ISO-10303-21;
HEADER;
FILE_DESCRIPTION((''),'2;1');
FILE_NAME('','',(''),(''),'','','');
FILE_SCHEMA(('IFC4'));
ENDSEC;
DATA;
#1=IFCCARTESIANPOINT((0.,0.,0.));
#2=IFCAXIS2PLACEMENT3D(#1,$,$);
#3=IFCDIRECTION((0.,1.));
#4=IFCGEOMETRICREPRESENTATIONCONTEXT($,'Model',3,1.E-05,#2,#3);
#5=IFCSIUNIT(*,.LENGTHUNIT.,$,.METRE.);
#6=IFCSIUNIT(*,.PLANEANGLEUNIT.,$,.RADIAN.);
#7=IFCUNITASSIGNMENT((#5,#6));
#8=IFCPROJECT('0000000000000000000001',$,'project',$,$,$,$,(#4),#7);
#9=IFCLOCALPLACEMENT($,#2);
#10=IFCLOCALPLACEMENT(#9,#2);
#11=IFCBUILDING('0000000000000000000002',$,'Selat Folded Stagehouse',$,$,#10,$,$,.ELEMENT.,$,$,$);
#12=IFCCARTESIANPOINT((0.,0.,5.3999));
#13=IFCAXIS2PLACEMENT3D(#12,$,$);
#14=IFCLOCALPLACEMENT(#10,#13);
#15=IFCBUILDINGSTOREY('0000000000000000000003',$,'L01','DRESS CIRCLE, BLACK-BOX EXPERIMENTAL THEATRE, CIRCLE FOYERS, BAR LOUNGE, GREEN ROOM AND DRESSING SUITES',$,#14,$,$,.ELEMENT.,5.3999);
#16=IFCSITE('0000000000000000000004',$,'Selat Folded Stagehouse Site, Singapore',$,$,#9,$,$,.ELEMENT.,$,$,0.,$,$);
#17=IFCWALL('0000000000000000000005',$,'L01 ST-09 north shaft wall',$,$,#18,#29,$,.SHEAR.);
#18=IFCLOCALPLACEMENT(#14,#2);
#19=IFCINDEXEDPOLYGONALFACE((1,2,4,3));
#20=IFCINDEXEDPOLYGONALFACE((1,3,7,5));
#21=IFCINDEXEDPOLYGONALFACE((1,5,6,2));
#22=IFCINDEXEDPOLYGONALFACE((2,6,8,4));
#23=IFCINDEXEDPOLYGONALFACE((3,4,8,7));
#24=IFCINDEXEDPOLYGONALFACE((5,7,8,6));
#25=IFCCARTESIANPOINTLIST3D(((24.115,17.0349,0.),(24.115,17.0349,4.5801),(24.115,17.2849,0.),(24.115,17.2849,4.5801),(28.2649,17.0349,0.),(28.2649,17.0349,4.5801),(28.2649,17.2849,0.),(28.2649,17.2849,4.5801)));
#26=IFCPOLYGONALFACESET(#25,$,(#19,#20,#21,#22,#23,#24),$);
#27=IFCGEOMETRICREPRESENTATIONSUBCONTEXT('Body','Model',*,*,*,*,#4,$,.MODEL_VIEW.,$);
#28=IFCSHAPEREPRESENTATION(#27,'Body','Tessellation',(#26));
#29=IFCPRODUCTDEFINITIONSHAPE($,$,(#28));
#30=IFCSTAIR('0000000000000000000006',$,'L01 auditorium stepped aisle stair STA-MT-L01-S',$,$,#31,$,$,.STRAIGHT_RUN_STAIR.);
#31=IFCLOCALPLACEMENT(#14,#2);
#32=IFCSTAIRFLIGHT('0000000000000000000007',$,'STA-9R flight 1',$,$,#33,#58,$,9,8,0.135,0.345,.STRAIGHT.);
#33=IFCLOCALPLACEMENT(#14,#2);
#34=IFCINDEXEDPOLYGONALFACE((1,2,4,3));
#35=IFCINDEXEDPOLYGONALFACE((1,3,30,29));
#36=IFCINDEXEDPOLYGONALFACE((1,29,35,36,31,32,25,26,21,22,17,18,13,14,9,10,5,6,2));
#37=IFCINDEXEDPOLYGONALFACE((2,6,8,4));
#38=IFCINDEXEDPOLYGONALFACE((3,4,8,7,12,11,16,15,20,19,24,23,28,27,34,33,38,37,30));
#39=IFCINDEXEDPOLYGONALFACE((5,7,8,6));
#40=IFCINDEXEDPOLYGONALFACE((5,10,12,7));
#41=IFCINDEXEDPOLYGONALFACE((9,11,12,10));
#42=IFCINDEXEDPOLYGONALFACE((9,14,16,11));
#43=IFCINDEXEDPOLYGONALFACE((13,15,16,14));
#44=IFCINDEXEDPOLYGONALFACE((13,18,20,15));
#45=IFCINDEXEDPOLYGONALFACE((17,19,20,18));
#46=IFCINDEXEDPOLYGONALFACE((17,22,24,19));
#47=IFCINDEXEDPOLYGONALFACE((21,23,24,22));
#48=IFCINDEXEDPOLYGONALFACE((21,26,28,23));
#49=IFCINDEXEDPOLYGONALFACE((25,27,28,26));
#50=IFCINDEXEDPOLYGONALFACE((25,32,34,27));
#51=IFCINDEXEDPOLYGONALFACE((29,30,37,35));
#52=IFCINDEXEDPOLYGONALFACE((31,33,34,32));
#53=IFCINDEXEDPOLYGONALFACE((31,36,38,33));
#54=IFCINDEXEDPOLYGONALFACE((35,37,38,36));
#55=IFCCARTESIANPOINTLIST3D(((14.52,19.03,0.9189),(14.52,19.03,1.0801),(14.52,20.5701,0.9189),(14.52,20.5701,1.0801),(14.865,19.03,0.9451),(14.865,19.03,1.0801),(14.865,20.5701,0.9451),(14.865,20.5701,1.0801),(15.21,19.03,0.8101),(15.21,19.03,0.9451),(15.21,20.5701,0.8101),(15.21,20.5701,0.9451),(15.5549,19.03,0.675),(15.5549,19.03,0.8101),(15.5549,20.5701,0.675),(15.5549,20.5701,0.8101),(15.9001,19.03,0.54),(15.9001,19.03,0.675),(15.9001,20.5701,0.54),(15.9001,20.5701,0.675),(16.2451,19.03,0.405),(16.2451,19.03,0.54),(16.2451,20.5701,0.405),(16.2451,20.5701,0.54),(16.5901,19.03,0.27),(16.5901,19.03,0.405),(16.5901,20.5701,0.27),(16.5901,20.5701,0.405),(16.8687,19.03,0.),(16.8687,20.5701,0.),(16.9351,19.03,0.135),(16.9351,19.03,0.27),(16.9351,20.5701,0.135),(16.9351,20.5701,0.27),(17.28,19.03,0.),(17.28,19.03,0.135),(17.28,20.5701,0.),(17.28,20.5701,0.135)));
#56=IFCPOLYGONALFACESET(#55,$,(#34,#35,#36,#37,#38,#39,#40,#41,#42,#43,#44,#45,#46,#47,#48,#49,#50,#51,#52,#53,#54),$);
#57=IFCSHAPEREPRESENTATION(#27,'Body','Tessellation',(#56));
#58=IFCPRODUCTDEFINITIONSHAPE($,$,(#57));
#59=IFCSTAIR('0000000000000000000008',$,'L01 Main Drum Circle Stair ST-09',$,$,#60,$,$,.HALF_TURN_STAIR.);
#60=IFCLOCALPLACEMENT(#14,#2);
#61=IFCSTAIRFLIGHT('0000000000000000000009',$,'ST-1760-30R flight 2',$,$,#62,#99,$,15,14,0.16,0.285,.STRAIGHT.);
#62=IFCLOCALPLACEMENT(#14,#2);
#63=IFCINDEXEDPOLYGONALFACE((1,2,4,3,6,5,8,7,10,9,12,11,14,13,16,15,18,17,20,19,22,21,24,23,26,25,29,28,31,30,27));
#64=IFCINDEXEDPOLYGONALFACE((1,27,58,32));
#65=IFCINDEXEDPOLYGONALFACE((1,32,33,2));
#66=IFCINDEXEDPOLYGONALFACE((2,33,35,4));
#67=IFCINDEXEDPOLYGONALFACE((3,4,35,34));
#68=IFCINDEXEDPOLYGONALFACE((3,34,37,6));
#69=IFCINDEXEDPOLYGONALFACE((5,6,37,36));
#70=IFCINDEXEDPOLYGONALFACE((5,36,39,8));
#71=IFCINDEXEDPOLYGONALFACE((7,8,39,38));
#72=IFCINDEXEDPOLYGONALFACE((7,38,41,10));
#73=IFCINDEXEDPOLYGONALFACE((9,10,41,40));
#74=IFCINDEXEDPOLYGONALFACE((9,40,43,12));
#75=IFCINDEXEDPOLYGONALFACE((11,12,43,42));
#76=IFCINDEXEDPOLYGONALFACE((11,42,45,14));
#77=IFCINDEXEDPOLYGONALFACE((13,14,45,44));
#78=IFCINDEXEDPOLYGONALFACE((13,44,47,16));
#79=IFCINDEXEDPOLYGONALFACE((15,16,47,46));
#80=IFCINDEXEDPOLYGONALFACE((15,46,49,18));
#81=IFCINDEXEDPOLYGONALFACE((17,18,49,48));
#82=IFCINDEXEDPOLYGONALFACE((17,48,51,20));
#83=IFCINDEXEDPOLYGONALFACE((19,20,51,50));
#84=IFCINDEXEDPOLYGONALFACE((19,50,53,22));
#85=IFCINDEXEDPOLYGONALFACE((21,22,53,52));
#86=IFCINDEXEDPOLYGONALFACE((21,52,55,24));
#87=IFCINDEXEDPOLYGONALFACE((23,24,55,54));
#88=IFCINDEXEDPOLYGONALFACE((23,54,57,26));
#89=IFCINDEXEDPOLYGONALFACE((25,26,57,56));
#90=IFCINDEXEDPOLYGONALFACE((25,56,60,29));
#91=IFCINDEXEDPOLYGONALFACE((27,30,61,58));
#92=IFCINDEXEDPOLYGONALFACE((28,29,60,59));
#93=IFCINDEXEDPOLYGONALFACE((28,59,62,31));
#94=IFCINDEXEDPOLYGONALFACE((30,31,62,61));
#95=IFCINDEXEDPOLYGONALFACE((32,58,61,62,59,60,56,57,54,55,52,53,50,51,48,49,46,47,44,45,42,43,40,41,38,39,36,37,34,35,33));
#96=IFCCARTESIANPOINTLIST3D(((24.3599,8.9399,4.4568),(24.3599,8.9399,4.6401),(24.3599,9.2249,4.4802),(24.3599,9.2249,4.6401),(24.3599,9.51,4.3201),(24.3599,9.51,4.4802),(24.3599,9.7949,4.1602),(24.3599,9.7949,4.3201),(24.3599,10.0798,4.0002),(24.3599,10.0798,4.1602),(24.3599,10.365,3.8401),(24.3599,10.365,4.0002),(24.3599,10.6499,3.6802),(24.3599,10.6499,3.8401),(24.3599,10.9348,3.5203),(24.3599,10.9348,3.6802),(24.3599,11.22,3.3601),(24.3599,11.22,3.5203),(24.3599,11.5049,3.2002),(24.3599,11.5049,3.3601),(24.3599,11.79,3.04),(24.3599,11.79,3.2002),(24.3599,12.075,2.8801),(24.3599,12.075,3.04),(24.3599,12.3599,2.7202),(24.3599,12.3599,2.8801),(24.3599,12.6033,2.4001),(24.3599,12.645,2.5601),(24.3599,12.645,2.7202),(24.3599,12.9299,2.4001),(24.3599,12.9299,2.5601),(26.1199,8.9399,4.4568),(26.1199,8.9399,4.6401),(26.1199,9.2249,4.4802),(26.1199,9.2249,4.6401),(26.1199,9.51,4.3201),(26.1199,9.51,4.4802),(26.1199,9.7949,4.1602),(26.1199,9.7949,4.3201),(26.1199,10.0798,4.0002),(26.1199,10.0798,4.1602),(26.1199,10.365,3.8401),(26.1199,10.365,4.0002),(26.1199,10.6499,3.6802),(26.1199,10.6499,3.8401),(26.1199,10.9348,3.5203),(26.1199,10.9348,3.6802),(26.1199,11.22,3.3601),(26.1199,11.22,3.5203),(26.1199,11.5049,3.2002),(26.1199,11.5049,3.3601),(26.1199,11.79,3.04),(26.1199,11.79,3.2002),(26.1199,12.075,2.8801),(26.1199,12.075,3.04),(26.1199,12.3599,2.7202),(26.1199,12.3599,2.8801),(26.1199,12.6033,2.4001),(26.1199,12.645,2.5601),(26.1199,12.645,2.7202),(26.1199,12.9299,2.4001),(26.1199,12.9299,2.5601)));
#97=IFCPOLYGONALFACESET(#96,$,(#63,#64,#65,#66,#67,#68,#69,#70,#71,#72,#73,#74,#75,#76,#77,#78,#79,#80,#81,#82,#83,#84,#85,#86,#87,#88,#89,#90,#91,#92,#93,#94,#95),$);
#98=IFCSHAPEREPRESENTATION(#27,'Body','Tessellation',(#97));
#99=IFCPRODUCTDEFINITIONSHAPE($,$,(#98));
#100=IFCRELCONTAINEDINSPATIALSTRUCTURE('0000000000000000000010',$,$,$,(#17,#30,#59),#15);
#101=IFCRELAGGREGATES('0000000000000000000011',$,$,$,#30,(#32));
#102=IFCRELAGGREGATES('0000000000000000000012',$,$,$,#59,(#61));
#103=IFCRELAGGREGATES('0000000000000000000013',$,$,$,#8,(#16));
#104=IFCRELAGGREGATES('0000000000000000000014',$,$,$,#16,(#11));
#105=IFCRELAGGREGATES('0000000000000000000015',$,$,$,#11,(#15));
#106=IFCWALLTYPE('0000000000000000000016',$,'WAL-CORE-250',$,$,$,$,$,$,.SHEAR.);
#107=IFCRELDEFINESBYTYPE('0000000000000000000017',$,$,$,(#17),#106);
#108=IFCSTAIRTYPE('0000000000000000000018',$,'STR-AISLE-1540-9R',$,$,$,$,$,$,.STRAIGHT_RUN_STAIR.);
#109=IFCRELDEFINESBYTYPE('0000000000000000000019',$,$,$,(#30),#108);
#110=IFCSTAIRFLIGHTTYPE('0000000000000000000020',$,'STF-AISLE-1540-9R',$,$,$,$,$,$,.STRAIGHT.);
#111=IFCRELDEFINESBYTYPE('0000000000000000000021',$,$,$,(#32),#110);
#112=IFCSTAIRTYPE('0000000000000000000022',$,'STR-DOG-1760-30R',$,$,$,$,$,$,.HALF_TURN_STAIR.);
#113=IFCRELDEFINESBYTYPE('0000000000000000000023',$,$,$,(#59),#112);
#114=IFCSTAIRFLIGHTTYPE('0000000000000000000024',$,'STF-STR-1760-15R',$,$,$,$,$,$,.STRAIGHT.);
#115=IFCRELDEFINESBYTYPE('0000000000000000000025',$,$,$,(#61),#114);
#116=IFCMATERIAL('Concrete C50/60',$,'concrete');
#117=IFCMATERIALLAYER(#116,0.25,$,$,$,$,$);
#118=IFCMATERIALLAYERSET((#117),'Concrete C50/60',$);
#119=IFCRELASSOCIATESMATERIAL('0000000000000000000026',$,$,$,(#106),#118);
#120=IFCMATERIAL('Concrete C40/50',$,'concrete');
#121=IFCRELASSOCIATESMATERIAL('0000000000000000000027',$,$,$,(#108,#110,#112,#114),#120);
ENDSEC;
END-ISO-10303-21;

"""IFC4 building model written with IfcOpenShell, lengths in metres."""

from ifc_helpers import new_model, si_unit, direction, frame, frame_2d, origin, place, context, subcontext, project, spatial, polyline, rectangle, outline, extrude, material, layer, layer_set, type_object, element, aggregate, save


model = new_model("IFC4")

# Units and contexts
model_context = context("Model", 3, precision=1e-05, world=origin(), true_north=direction((0.0, 1.0)))
body_context = subcontext(model_context, "Body", "Model", "MODEL_VIEW")
ifc_project = project(units=[si_unit("LENGTHUNIT", "METRE"), si_unit("PLANEANGLEUNIT", "RADIAN")], contexts=[model_context])

# Site, building, storey
site_placement = place(None, origin())
site = spatial("IfcSite", under=ifc_project, at=site_placement, Name="Selat Folded Stagehouse Site, Singapore", CompositionType="ELEMENT", RefElevation=0.0)
building_placement = place(site_placement, origin())
building = spatial("IfcBuilding", under=site, at=building_placement, Name="Selat Folded Stagehouse", CompositionType="ELEMENT")
storey_placement = place(building_placement, frame((0.0, 0.0, 5.3999)))
storey = spatial("IfcBuildingStorey", under=building, at=storey_placement, Name="L01", Description="DRESS CIRCLE, BLACK-BOX EXPERIMENTAL THEATRE, CIRCLE FOYERS, BAR LOUNGE, GREEN ROOM AND DRESSING SUITES", CompositionType="ELEMENT", Elevation=5.3999)

# Wall
ifc_material_1 = material(Name="Concrete C50/60", Category="concrete")
ifc_layer_1 = layer(ifc_material_1, 0.25)
ifc_layer_set_1 = layer_set([ifc_layer_1], Name="Concrete C50/60")
wall_type = type_object("IfcWallType", Name="WAL-CORE-250", PredefinedType="SHEAR", material=ifc_layer_set_1)
wall_placement = place(storey_placement, frame((24.115, 17.1599, 0.0), z_axis=(0.0, 0.0, 1.0), x_axis=(1.0, 0.0, 0.0)))
element("IfcWall", 1, at=wall_placement, inside=storey, type_object=wall_type, Name="L01 ST-09 north shaft wall", PredefinedType="SHEAR", context=body_context, shape_type="SweptSolid", body=[
    extrude(rectangle(XDim=4.1499, YDim=0.25, at=frame_2d((2.075, 0.0))), origin(), (0.0, 0.0, 1.0), 4.5801),
])

# Stairs, stair flights
ifc_material_2 = material(Name="Concrete C40/50", Category="concrete")
stair_type_1 = type_object("IfcStairType", Name="STR-AISLE-1540-9R", PredefinedType="STRAIGHT_RUN_STAIR", material=ifc_material_2)
stair_1_placement = place(storey_placement, origin())
stair_1 = element("IfcStair", 2, at=stair_1_placement, inside=storey, type_object=stair_type_1, Name="L01 auditorium stepped aisle stair STA-MT-L01-S", PredefinedType="STRAIGHT_RUN_STAIR")
stair_flight_type_1 = type_object("IfcStairFlightType", Name="STF-AISLE-1540-9R", PredefinedType="STRAIGHT", material=ifc_material_2)
stair_flight_1_placement = place(storey_placement, frame((17.28, 19.8, 0.0), z_axis=(0.0, 0.0, 1.0), x_axis=(-1.0, 0.0, 0.0)))
stair_flight_1 = element("IfcStairFlight", 3, at=stair_flight_1_placement, type_object=stair_flight_type_1, Name="STA-9R flight 1", NumberOfRisers=9, NumberOfTreads=8, PredefinedType="STRAIGHT", RiserHeight=0.135, TreadLength=0.345, context=body_context, shape_type="SweptSolid", body=[
    extrude(outline(polyline([(0.0, 0.0), (0.0, 0.135), (0.345, 0.135), (0.345, 0.27), (0.6899, 0.27), (0.6899, 0.405), (1.0349, 0.405), (1.0349, 0.54), (1.3799, 0.54), (1.3799, 0.675), (1.7251, 0.675), (1.7251, 0.8101), (2.0701, 0.8101), (2.0701, 0.9451), (2.415, 0.9451), (2.415, 1.0801), (2.76, 1.0801), (2.76, 1.2151), (2.76, 0.9189), (0.4114, 0.0), (0.0, 0.0)])), frame((0.0, 0.77, 0.0), z_axis=(0.0, -1.0, 0.0), x_axis=(1.0, 0.0, 0.0)), (0.0, 0.0, 1.0), 1.54),
])
aggregate(stair_1, [stair_flight_1])
stair_type_2 = type_object("IfcStairType", Name="STR-DOG-1760-30R", PredefinedType="HALF_TURN_STAIR", material=ifc_material_2)
stair_2_placement = place(storey_placement, origin())
stair_2 = element("IfcStair", 4, at=stair_2_placement, inside=storey, type_object=stair_type_2, Name="L01 Main Drum Circle Stair ST-09", PredefinedType="HALF_TURN_STAIR")
stair_flight_type_2 = type_object("IfcStairFlightType", Name="STF-STR-1760-15R", PredefinedType="STRAIGHT", material=ifc_material_2)
stair_flight_2_placement = place(storey_placement, frame((25.24, 12.9299, 2.4001), z_axis=(0.0, 0.0, 1.0), x_axis=(0.0, -1.0, 0.0)))
stair_flight_2 = element("IfcStairFlight", 5, at=stair_flight_2_placement, type_object=stair_flight_type_2, Name="ST-1760-30R flight 2", NumberOfRisers=15, NumberOfTreads=14, PredefinedType="STRAIGHT", RiserHeight=0.16, TreadLength=0.285, context=body_context, shape_type="SweptSolid", body=[
    extrude(outline(polyline([(0.0, 0.0), (0.0, 0.1599), (0.2849, 0.1599), (0.2849, 0.3201), (0.5701, 0.3201), (0.5701, 0.48), (0.855, 0.48), (0.855, 0.6399), (1.1399, 0.6399), (1.1399, 0.8), (1.425, 0.8), (1.425, 0.96), (1.71, 0.96), (1.71, 1.1201), (1.9951, 1.1201), (1.9951, 1.28), (2.28, 1.28), (2.28, 1.4399), (2.5649, 1.4399), (2.5649, 1.6001), (2.8501, 1.6001), (2.8501, 1.76), (3.135, 1.76), (3.135, 1.9199), (3.4199, 1.9199), (3.4199, 2.0801), (3.7051, 2.0801), (3.7051, 2.24), (3.99, 2.24), (3.99, 2.3999), (3.99, 2.0566), (0.3267, 0.0), (0.0, 0.0)])), frame((0.0, 0.8799, 0.0), z_axis=(0.0, -1.0, 0.0), x_axis=(1.0, 0.0, 0.0)), (0.0, 0.0, 1.0), 1.76),
])
aggregate(stair_2, [stair_flight_2])

save(model, "model.ifc")
